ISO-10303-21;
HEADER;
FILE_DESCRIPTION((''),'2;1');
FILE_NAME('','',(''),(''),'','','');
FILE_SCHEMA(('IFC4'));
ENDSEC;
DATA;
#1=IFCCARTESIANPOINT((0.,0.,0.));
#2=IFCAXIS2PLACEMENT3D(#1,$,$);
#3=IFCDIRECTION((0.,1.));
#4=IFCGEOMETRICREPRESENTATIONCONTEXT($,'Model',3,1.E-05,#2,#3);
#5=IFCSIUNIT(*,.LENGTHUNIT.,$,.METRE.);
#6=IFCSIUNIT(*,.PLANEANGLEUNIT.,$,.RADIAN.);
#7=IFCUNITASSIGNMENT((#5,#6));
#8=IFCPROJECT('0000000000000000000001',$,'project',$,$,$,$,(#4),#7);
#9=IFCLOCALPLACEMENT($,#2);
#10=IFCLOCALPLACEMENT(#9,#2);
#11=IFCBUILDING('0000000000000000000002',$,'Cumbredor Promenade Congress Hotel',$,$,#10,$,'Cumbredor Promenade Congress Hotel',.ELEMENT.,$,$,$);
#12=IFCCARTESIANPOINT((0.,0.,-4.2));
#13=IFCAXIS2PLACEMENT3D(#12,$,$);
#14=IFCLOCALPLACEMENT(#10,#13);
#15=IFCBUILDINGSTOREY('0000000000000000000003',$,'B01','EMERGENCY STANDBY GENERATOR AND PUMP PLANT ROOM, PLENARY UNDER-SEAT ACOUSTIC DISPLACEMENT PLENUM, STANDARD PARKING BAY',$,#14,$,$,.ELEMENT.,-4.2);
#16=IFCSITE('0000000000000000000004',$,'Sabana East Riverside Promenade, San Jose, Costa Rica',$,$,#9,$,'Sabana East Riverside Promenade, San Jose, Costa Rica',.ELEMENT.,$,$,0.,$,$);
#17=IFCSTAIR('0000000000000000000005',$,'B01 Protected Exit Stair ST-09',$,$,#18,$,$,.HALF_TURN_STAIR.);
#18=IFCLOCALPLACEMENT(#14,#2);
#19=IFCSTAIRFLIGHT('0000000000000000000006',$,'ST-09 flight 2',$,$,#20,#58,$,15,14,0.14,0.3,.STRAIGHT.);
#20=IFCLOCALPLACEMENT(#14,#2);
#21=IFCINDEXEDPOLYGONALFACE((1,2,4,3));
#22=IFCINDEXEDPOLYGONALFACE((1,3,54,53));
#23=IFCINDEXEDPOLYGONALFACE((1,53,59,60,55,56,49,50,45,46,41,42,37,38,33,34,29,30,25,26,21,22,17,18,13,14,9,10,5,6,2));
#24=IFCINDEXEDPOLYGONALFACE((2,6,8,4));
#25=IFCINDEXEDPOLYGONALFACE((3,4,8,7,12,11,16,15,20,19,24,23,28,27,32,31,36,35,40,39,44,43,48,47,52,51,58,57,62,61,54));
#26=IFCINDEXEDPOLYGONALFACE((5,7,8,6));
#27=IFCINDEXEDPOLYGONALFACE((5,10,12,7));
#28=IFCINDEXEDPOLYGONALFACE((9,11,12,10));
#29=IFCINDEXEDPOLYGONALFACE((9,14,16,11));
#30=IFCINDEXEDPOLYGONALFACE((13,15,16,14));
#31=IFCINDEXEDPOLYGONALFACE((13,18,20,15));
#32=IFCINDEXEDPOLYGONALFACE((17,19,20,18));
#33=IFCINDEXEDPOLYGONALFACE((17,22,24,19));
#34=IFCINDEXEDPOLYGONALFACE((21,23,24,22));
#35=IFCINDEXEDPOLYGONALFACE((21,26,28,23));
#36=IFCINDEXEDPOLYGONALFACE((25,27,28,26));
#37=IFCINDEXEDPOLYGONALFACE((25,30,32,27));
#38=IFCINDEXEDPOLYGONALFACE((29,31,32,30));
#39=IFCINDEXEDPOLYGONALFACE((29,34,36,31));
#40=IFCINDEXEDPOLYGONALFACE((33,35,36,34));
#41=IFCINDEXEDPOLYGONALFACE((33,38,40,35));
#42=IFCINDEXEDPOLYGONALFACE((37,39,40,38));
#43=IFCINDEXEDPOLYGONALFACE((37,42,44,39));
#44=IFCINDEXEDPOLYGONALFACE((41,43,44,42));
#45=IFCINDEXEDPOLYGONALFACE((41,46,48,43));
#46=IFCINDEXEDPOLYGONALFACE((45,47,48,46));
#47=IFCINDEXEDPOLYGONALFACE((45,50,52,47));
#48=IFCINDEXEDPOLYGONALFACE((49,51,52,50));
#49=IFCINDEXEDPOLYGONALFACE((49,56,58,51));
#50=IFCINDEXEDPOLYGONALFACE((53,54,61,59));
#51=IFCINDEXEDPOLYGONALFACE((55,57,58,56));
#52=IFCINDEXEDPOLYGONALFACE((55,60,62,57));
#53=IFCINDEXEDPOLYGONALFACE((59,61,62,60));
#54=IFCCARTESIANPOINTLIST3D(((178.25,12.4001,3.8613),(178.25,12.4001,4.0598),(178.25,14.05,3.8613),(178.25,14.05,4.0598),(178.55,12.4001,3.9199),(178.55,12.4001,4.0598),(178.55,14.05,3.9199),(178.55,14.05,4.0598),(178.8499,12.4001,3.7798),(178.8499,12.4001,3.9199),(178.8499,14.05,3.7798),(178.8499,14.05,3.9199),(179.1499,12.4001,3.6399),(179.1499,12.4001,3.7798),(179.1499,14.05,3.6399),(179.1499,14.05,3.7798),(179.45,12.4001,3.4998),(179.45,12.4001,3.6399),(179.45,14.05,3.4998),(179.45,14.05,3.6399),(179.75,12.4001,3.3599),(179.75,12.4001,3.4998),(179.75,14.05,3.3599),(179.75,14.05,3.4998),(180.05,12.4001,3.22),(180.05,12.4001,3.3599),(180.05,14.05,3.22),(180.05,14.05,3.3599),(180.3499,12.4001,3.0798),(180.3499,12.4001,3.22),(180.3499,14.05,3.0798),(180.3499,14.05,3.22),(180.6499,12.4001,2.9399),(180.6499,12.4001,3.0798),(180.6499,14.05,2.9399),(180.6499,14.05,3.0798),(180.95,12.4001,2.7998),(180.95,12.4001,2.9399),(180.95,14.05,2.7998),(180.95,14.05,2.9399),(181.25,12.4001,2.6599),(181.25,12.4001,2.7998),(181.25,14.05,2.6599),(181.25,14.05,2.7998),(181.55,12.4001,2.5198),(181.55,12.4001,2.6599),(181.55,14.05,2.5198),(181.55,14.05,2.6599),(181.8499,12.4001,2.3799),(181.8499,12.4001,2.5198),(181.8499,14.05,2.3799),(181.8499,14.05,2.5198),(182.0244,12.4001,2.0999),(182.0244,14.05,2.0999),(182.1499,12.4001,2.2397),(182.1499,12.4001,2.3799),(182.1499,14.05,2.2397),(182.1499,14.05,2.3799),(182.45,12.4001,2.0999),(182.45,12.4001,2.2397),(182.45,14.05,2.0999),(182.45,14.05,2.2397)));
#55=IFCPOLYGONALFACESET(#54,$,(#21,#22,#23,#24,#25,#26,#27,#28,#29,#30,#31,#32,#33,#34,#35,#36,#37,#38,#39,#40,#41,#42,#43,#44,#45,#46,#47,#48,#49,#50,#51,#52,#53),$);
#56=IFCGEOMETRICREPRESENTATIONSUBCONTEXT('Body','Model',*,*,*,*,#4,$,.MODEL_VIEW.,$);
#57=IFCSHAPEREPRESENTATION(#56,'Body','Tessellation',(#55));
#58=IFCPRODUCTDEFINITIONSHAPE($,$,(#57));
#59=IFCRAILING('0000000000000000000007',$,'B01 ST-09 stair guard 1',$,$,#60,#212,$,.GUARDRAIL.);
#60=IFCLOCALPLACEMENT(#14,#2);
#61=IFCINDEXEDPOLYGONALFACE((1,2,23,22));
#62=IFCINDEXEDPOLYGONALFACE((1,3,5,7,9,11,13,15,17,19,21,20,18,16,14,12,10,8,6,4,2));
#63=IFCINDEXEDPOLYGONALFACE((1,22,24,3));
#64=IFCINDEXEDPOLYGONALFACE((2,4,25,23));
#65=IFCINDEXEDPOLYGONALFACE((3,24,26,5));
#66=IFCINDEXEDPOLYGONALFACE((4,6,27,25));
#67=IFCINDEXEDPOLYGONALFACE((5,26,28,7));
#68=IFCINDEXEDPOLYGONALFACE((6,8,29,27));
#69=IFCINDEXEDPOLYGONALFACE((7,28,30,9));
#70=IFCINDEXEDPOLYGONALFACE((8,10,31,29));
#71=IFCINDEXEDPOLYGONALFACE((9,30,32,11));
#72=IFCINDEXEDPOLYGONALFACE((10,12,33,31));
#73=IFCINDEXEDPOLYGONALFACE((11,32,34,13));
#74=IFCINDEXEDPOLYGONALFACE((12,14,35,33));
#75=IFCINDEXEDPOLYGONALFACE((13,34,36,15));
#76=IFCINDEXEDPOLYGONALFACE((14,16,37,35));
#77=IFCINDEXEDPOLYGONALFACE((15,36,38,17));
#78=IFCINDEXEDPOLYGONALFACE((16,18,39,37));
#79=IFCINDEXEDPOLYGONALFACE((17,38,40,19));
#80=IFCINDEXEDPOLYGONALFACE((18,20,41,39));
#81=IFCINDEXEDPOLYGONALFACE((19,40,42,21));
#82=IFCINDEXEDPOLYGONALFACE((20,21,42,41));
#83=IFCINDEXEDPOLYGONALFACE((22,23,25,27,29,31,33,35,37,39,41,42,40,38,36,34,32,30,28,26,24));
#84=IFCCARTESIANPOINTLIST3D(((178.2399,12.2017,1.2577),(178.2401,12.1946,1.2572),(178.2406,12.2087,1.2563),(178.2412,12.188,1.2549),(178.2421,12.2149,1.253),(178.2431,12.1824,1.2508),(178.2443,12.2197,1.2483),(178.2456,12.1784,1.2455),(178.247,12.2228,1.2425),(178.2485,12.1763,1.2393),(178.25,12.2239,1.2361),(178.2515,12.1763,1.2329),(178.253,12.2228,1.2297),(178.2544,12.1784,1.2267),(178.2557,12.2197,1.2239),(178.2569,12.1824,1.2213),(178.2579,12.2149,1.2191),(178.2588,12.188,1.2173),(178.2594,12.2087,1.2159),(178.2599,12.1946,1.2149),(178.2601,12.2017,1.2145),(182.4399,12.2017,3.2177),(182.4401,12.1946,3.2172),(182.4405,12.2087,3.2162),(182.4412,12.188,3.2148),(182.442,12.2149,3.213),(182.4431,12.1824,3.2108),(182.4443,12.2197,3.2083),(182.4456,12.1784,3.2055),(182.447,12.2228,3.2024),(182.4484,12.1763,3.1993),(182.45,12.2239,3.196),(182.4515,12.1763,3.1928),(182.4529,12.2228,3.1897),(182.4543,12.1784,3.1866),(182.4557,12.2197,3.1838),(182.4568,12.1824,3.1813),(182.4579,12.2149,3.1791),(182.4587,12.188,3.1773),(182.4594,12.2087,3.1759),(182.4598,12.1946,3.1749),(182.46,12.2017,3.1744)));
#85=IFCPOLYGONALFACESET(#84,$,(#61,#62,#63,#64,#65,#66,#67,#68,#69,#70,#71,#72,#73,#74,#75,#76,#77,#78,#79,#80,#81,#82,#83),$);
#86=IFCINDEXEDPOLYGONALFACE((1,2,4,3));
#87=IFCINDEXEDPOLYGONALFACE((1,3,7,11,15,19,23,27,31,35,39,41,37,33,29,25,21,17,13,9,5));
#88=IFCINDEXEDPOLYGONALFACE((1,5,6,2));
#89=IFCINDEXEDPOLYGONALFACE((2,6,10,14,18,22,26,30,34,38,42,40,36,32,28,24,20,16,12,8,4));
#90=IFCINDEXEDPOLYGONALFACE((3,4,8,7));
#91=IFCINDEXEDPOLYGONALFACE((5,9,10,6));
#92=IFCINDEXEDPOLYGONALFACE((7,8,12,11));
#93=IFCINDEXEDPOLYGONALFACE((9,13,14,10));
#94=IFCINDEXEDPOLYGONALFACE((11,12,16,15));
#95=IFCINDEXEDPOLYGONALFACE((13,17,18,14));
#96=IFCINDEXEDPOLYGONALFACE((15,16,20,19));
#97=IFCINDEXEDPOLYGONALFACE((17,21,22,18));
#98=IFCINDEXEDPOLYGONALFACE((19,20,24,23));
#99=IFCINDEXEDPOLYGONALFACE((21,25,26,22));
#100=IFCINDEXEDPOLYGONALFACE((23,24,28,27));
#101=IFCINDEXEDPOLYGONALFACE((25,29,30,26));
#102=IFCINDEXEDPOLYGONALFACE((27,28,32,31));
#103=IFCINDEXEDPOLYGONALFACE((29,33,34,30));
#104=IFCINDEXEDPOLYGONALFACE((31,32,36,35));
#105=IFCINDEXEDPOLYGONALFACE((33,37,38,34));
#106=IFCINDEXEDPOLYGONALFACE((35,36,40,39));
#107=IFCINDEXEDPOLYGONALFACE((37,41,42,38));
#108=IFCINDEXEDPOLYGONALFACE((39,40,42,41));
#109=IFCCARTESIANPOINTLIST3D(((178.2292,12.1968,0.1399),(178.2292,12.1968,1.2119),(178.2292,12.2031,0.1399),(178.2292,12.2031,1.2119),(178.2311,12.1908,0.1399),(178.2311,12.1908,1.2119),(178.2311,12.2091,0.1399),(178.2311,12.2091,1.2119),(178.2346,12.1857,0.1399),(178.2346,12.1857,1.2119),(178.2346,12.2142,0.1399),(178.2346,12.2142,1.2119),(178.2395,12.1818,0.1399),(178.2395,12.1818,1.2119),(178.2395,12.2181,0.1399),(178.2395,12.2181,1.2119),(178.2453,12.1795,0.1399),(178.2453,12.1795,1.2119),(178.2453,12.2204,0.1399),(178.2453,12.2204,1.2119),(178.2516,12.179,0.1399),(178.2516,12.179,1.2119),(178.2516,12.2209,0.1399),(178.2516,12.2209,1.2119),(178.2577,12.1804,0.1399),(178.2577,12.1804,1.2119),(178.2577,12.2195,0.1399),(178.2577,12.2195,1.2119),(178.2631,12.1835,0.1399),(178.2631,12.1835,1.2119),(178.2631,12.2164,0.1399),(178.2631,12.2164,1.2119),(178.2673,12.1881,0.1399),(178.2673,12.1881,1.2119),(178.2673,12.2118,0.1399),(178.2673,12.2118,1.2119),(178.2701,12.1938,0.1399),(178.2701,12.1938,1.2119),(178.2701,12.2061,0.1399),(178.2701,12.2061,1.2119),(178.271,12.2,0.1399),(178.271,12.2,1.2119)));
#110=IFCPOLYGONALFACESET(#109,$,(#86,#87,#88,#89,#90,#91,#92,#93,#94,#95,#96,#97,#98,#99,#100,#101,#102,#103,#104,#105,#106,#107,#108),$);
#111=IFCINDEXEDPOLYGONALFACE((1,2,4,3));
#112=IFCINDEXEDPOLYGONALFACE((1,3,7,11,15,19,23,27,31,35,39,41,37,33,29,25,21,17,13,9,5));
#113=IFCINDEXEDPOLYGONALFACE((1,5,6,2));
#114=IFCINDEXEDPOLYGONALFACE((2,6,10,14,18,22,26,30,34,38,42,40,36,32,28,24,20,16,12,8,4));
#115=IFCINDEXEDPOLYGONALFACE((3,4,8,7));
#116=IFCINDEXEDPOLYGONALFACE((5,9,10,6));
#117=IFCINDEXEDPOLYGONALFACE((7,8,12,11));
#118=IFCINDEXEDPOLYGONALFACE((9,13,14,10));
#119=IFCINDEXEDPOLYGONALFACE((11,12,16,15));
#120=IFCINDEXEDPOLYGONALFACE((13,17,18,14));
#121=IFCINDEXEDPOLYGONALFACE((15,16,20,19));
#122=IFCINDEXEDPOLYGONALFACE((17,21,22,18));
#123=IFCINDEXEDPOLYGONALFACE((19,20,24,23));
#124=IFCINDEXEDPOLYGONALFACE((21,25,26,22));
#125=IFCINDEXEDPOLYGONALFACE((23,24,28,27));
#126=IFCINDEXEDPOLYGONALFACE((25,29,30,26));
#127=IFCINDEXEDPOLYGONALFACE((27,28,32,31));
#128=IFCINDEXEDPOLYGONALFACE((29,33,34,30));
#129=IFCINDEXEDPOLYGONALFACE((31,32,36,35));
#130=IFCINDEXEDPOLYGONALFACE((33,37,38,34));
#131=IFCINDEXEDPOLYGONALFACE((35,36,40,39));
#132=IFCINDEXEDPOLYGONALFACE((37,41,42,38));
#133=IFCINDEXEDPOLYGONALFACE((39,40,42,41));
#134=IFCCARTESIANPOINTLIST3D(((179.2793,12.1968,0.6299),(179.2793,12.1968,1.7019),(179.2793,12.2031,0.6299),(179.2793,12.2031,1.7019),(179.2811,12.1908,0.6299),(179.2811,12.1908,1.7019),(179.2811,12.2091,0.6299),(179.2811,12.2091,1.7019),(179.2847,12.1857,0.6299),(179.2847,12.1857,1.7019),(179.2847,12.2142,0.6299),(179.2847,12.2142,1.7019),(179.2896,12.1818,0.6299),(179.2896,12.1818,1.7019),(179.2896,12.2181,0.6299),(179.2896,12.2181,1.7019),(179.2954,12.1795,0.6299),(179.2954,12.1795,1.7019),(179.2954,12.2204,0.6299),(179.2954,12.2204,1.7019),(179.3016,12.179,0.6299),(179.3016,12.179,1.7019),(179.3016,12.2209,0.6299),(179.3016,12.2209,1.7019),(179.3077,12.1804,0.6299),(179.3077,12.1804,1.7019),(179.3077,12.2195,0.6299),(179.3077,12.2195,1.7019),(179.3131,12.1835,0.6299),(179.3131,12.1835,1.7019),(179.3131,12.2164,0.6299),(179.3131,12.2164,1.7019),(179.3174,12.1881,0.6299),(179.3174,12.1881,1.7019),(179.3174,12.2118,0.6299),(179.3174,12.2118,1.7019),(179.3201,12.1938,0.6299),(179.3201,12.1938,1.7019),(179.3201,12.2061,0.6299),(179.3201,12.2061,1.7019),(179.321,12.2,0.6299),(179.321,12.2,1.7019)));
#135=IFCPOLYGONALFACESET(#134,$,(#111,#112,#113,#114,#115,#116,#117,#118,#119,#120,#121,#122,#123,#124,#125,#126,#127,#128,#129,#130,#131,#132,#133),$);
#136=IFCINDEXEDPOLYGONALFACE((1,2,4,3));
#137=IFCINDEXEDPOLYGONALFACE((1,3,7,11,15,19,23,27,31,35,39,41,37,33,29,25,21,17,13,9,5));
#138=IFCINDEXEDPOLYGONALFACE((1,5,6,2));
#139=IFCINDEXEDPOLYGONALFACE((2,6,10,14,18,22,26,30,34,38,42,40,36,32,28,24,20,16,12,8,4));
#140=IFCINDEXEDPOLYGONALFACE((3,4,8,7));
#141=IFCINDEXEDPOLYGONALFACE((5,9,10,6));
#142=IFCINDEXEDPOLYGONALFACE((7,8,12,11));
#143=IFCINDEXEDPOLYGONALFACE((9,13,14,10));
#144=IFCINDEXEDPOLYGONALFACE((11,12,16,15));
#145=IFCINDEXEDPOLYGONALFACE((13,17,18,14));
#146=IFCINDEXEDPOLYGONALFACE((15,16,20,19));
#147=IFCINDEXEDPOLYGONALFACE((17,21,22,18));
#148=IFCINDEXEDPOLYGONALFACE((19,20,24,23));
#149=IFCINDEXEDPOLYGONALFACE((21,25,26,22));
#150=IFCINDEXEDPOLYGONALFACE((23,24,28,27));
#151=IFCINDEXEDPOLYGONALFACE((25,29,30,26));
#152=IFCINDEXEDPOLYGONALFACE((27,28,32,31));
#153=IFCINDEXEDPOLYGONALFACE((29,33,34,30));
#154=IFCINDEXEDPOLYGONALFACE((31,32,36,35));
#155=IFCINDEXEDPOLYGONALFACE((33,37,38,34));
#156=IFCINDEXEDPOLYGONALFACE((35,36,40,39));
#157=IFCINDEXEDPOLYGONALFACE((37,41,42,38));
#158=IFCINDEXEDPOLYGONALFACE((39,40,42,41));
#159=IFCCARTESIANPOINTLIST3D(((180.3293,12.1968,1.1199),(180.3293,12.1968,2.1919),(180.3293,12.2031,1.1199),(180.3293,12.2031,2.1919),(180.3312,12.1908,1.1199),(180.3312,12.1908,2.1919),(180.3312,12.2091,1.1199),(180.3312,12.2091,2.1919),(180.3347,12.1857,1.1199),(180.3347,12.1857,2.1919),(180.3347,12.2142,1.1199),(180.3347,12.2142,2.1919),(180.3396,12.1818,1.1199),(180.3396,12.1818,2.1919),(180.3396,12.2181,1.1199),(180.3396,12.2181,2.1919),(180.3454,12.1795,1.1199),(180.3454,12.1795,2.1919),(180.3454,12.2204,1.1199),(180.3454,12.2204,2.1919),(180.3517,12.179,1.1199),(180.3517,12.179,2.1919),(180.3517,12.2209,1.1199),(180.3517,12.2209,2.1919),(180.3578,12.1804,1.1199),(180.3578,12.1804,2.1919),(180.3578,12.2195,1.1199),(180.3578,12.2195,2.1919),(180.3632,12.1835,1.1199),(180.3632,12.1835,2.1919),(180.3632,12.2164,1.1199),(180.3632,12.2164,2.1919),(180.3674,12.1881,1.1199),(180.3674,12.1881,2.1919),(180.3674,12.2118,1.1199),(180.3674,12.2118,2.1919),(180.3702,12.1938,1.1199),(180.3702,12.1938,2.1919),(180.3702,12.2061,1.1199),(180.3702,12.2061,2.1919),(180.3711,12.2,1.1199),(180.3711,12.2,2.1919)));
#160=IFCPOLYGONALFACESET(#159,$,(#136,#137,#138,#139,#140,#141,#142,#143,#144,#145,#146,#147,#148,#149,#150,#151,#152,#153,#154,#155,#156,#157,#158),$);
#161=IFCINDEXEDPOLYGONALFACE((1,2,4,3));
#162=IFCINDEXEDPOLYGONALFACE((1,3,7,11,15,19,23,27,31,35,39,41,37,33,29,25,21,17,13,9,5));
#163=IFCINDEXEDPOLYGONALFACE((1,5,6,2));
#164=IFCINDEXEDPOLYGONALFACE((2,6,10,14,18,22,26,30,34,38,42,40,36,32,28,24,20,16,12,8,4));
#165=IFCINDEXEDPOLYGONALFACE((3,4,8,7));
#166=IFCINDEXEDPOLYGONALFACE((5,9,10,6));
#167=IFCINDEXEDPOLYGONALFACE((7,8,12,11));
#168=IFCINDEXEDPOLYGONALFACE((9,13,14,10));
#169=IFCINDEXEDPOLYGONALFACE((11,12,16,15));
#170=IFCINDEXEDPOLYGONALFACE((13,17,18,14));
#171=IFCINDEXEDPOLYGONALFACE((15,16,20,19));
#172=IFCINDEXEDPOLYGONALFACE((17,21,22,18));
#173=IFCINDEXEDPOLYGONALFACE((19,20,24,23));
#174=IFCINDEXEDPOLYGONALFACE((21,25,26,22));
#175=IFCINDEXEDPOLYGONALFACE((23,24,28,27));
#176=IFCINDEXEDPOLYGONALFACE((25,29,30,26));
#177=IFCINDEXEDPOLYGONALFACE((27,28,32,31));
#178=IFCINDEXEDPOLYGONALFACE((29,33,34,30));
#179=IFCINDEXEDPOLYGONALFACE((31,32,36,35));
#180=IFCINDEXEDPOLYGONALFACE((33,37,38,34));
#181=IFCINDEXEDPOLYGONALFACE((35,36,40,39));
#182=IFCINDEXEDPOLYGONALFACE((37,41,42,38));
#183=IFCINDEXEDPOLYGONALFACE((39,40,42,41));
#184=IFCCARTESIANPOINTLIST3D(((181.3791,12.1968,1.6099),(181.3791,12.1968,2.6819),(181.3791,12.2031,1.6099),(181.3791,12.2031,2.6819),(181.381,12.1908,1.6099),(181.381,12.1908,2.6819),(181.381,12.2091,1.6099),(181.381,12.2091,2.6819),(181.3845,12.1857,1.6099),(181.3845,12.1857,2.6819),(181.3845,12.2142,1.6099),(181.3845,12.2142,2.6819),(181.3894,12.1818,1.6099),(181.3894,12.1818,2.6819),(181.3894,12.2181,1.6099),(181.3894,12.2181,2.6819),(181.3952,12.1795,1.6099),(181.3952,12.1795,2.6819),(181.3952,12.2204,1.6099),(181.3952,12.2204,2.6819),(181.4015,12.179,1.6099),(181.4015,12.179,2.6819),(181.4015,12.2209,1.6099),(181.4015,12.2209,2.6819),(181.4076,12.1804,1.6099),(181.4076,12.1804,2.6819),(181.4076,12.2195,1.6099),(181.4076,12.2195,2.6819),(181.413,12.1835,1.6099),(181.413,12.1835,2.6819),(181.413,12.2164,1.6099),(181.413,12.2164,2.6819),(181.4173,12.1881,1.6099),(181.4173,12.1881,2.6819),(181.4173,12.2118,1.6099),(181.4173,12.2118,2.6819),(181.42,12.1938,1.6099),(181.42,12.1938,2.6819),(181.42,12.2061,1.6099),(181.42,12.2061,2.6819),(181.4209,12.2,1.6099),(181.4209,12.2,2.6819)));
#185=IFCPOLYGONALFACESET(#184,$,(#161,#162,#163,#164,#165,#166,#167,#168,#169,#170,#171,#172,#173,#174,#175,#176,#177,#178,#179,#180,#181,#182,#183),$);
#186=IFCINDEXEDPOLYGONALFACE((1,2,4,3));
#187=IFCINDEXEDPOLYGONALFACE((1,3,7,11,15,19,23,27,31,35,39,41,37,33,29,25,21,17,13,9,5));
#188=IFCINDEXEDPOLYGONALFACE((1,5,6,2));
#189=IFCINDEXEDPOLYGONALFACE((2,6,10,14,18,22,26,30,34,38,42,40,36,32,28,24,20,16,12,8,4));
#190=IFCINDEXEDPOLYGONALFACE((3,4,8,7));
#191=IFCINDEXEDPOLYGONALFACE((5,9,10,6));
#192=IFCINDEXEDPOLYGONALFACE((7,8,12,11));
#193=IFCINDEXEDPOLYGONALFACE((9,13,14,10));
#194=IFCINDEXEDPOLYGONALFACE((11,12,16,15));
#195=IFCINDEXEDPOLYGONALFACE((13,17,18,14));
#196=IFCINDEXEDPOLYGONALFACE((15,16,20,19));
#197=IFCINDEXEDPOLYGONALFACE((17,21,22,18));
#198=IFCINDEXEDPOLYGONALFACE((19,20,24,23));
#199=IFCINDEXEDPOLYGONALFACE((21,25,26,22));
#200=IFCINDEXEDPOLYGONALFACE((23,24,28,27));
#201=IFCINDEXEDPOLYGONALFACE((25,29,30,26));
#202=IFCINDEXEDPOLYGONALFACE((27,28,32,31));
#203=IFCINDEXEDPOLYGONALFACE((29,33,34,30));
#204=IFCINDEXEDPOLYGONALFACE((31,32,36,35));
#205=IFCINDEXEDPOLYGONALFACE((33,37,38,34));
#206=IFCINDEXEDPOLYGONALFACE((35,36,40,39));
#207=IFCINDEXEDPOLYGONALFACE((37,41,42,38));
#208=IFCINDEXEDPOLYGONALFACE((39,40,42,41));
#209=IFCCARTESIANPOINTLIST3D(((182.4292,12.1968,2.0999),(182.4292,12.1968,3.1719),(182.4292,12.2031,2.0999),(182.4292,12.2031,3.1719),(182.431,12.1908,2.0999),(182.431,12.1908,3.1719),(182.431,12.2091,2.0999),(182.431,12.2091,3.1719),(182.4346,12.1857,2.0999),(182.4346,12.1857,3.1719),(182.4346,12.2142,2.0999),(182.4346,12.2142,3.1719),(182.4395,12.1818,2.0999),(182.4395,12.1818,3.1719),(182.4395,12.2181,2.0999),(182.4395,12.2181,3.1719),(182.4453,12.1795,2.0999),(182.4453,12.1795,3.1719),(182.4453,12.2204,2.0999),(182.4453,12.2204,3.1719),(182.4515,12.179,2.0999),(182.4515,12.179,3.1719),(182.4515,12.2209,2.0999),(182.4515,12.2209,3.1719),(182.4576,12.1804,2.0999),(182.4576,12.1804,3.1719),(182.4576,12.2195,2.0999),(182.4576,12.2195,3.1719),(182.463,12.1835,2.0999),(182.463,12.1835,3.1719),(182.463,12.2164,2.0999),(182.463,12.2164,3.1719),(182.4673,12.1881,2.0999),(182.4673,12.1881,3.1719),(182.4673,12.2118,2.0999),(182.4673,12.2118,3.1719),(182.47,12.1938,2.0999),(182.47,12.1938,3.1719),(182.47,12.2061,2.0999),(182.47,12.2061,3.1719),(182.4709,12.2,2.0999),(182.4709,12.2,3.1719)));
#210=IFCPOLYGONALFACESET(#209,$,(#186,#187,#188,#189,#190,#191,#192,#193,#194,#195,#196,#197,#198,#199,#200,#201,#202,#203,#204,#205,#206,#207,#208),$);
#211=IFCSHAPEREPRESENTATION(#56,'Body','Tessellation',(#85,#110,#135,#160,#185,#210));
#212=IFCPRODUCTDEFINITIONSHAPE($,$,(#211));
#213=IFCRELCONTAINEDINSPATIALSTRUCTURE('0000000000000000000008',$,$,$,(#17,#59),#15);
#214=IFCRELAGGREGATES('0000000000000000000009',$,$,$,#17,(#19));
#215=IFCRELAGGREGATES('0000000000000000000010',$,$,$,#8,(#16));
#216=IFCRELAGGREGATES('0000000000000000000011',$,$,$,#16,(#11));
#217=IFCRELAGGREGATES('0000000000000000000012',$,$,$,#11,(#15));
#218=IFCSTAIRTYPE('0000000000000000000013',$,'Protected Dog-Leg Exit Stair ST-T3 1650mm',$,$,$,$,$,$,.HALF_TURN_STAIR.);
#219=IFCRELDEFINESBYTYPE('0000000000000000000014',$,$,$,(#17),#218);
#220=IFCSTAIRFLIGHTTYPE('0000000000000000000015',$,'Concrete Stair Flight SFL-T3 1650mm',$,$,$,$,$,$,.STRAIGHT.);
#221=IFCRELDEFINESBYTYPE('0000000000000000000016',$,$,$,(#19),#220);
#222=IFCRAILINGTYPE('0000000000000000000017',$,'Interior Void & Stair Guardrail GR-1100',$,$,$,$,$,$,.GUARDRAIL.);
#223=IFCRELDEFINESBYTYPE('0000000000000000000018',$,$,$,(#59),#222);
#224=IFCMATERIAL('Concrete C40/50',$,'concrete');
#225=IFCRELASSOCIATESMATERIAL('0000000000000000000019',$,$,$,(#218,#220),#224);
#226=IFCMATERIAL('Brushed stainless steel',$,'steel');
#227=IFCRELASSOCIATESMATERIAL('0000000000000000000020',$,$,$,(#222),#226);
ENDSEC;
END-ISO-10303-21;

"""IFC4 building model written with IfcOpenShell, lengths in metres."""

from ifc_helpers import new_model, si_unit, direction, frame, origin, origin_2d, place, context, subcontext, project, spatial, polyline, circle, outline, extrude, material, type_object, element, aggregate, save


model = new_model("IFC4")

# Units and contexts
model_context = context("Model", 3, precision=1e-05, world=origin(), true_north=direction((0.0, 1.0)))
body_context = subcontext(model_context, "Body", "Model", "MODEL_VIEW")
ifc_project = project(units=[si_unit("LENGTHUNIT", "METRE"), si_unit("PLANEANGLEUNIT", "RADIAN")], contexts=[model_context])

# Site, building, storey
site_placement = place(None, origin())
site = spatial("IfcSite", under=ifc_project, at=site_placement, Name="Sabana East Riverside Promenade, San Jose, Costa Rica", LongName="Sabana East Riverside Promenade, San Jose, Costa Rica", CompositionType="ELEMENT", RefElevation=0.0)
building_placement = place(site_placement, origin())
building = spatial("IfcBuilding", under=site, at=building_placement, Name="Cumbredor Promenade Congress Hotel", LongName="Cumbredor Promenade Congress Hotel", CompositionType="ELEMENT")
storey_placement = place(building_placement, frame((0.0, 0.0, -4.2)))
storey = spatial("IfcBuildingStorey", under=building, at=storey_placement, Name="B01", Description="EMERGENCY STANDBY GENERATOR AND PUMP PLANT ROOM, PLENARY UNDER-SEAT ACOUSTIC DISPLACEMENT PLENUM, STANDARD PARKING BAY", CompositionType="ELEMENT", Elevation=-4.2)

# Shared definitions
ifc_material_1 = material(Name="Concrete C40/50", Category="concrete")

# Stair, stair flight
stair_type = type_object("IfcStairType", Name="Protected Dog-Leg Exit Stair ST-T3 1650mm", PredefinedType="HALF_TURN_STAIR", material=ifc_material_1)
stair_placement = place(storey_placement, origin())
stair = element("IfcStair", 1, at=stair_placement, inside=storey, type_object=stair_type, Name="B01 Protected Exit Stair ST-09", PredefinedType="HALF_TURN_STAIR")
stair_flight_type = type_object("IfcStairFlightType", Name="Concrete Stair Flight SFL-T3 1650mm", PredefinedType="STRAIGHT", material=ifc_material_1)
stair_flight_1_placement = place(storey_placement, frame((182.45, 13.2251, 2.0999), z_axis=(0.0, 0.0, 1.0), x_axis=(-1.0, 0.0, 0.0)))
stair_flight_1 = element("IfcStairFlight", 2, at=stair_flight_1_placement, type_object=stair_flight_type, Name="ST-09 flight 2", NumberOfRisers=15, NumberOfTreads=14, PredefinedType="STRAIGHT", RiserHeight=0.14, TreadLength=0.3, context=body_context, shape_type="SweptSolid", body=[
    extrude(outline(polyline([(0.0, 0.0), (0.0, 0.1399), (0.3, 0.1399), (0.3, 0.28), (0.6001, 0.28), (0.6001, 0.4199), (0.8999, 0.4199), (0.8999, 0.5601), (1.2, 0.5601), (1.2, 0.7), (1.5, 0.7), (1.5, 0.8401), (1.8, 0.8401), (1.8, 0.98), (2.1001, 0.98), (2.1001, 1.1201), (2.3999, 1.1201), (2.3999, 1.26), (2.7, 1.26), (2.7, 1.3999), (3.0, 1.3999), (3.0, 1.54), (3.3, 1.54), (3.3, 1.6799), (3.6001, 1.6799), (3.6001, 1.8201), (3.8999, 1.8201), (3.8999, 1.96), (4.2, 1.96), (4.2, 2.1001), (4.2, 1.7615), (0.4255, 0.0), (0.0, 0.0)])), frame((0.0, 0.825, 0.0), z_axis=(0.0, -1.0, 0.0), x_axis=(1.0, 0.0, 0.0)), (0.0, 0.0, 1.0), 1.6499),
])
aggregate(stair, [stair_flight_1])

# Railing
ifc_material_2 = material(Name="Brushed stainless steel", Category="steel")
railing_type_1 = type_object("IfcRailingType", Name="Interior Void & Stair Guardrail GR-1100", PredefinedType="GUARDRAIL", material=ifc_material_2)
railing_1_placement = place(storey_placement, frame((178.25, 12.2, 0.1399)))
element("IfcRailing", 3, at=railing_1_placement, inside=storey, type_object=railing_type_1, Name="B01 ST-09 stair guard 1", PredefinedType="GUARDRAIL", context=body_context, shape_type="SweptSolid", body=[
    extrude(circle(Radius=0.0239, at=origin_2d()), frame((0.0, 0.0, 1.0962), z_axis=(0.906184, 0.0, 0.422883), x_axis=(0.0, 1.0, 0.0)), (0.0, 0.0, 1.0), 4.6348),
    extrude(circle(Radius=0.021, at=origin_2d()), origin(), (0.0, 0.0, 1.0), 1.072),
    extrude(circle(Radius=0.021, at=origin_2d()), frame((1.05, 0.0, 0.49)), (0.0, 0.0, 1.0), 1.072),
    extrude(circle(Radius=0.021, at=origin_2d()), frame((2.1001, 0.0, 0.98)), (0.0, 0.0, 1.0), 1.072),
    extrude(circle(Radius=0.021, at=origin_2d()), frame((3.1499, 0.0, 1.47)), (0.0, 0.0, 1.0), 1.072),
    extrude(circle(Radius=0.021, at=origin_2d()), frame((4.2, 0.0, 1.96)), (0.0, 0.0, 1.0), 1.072),
])

save(model, "model.ifc")
